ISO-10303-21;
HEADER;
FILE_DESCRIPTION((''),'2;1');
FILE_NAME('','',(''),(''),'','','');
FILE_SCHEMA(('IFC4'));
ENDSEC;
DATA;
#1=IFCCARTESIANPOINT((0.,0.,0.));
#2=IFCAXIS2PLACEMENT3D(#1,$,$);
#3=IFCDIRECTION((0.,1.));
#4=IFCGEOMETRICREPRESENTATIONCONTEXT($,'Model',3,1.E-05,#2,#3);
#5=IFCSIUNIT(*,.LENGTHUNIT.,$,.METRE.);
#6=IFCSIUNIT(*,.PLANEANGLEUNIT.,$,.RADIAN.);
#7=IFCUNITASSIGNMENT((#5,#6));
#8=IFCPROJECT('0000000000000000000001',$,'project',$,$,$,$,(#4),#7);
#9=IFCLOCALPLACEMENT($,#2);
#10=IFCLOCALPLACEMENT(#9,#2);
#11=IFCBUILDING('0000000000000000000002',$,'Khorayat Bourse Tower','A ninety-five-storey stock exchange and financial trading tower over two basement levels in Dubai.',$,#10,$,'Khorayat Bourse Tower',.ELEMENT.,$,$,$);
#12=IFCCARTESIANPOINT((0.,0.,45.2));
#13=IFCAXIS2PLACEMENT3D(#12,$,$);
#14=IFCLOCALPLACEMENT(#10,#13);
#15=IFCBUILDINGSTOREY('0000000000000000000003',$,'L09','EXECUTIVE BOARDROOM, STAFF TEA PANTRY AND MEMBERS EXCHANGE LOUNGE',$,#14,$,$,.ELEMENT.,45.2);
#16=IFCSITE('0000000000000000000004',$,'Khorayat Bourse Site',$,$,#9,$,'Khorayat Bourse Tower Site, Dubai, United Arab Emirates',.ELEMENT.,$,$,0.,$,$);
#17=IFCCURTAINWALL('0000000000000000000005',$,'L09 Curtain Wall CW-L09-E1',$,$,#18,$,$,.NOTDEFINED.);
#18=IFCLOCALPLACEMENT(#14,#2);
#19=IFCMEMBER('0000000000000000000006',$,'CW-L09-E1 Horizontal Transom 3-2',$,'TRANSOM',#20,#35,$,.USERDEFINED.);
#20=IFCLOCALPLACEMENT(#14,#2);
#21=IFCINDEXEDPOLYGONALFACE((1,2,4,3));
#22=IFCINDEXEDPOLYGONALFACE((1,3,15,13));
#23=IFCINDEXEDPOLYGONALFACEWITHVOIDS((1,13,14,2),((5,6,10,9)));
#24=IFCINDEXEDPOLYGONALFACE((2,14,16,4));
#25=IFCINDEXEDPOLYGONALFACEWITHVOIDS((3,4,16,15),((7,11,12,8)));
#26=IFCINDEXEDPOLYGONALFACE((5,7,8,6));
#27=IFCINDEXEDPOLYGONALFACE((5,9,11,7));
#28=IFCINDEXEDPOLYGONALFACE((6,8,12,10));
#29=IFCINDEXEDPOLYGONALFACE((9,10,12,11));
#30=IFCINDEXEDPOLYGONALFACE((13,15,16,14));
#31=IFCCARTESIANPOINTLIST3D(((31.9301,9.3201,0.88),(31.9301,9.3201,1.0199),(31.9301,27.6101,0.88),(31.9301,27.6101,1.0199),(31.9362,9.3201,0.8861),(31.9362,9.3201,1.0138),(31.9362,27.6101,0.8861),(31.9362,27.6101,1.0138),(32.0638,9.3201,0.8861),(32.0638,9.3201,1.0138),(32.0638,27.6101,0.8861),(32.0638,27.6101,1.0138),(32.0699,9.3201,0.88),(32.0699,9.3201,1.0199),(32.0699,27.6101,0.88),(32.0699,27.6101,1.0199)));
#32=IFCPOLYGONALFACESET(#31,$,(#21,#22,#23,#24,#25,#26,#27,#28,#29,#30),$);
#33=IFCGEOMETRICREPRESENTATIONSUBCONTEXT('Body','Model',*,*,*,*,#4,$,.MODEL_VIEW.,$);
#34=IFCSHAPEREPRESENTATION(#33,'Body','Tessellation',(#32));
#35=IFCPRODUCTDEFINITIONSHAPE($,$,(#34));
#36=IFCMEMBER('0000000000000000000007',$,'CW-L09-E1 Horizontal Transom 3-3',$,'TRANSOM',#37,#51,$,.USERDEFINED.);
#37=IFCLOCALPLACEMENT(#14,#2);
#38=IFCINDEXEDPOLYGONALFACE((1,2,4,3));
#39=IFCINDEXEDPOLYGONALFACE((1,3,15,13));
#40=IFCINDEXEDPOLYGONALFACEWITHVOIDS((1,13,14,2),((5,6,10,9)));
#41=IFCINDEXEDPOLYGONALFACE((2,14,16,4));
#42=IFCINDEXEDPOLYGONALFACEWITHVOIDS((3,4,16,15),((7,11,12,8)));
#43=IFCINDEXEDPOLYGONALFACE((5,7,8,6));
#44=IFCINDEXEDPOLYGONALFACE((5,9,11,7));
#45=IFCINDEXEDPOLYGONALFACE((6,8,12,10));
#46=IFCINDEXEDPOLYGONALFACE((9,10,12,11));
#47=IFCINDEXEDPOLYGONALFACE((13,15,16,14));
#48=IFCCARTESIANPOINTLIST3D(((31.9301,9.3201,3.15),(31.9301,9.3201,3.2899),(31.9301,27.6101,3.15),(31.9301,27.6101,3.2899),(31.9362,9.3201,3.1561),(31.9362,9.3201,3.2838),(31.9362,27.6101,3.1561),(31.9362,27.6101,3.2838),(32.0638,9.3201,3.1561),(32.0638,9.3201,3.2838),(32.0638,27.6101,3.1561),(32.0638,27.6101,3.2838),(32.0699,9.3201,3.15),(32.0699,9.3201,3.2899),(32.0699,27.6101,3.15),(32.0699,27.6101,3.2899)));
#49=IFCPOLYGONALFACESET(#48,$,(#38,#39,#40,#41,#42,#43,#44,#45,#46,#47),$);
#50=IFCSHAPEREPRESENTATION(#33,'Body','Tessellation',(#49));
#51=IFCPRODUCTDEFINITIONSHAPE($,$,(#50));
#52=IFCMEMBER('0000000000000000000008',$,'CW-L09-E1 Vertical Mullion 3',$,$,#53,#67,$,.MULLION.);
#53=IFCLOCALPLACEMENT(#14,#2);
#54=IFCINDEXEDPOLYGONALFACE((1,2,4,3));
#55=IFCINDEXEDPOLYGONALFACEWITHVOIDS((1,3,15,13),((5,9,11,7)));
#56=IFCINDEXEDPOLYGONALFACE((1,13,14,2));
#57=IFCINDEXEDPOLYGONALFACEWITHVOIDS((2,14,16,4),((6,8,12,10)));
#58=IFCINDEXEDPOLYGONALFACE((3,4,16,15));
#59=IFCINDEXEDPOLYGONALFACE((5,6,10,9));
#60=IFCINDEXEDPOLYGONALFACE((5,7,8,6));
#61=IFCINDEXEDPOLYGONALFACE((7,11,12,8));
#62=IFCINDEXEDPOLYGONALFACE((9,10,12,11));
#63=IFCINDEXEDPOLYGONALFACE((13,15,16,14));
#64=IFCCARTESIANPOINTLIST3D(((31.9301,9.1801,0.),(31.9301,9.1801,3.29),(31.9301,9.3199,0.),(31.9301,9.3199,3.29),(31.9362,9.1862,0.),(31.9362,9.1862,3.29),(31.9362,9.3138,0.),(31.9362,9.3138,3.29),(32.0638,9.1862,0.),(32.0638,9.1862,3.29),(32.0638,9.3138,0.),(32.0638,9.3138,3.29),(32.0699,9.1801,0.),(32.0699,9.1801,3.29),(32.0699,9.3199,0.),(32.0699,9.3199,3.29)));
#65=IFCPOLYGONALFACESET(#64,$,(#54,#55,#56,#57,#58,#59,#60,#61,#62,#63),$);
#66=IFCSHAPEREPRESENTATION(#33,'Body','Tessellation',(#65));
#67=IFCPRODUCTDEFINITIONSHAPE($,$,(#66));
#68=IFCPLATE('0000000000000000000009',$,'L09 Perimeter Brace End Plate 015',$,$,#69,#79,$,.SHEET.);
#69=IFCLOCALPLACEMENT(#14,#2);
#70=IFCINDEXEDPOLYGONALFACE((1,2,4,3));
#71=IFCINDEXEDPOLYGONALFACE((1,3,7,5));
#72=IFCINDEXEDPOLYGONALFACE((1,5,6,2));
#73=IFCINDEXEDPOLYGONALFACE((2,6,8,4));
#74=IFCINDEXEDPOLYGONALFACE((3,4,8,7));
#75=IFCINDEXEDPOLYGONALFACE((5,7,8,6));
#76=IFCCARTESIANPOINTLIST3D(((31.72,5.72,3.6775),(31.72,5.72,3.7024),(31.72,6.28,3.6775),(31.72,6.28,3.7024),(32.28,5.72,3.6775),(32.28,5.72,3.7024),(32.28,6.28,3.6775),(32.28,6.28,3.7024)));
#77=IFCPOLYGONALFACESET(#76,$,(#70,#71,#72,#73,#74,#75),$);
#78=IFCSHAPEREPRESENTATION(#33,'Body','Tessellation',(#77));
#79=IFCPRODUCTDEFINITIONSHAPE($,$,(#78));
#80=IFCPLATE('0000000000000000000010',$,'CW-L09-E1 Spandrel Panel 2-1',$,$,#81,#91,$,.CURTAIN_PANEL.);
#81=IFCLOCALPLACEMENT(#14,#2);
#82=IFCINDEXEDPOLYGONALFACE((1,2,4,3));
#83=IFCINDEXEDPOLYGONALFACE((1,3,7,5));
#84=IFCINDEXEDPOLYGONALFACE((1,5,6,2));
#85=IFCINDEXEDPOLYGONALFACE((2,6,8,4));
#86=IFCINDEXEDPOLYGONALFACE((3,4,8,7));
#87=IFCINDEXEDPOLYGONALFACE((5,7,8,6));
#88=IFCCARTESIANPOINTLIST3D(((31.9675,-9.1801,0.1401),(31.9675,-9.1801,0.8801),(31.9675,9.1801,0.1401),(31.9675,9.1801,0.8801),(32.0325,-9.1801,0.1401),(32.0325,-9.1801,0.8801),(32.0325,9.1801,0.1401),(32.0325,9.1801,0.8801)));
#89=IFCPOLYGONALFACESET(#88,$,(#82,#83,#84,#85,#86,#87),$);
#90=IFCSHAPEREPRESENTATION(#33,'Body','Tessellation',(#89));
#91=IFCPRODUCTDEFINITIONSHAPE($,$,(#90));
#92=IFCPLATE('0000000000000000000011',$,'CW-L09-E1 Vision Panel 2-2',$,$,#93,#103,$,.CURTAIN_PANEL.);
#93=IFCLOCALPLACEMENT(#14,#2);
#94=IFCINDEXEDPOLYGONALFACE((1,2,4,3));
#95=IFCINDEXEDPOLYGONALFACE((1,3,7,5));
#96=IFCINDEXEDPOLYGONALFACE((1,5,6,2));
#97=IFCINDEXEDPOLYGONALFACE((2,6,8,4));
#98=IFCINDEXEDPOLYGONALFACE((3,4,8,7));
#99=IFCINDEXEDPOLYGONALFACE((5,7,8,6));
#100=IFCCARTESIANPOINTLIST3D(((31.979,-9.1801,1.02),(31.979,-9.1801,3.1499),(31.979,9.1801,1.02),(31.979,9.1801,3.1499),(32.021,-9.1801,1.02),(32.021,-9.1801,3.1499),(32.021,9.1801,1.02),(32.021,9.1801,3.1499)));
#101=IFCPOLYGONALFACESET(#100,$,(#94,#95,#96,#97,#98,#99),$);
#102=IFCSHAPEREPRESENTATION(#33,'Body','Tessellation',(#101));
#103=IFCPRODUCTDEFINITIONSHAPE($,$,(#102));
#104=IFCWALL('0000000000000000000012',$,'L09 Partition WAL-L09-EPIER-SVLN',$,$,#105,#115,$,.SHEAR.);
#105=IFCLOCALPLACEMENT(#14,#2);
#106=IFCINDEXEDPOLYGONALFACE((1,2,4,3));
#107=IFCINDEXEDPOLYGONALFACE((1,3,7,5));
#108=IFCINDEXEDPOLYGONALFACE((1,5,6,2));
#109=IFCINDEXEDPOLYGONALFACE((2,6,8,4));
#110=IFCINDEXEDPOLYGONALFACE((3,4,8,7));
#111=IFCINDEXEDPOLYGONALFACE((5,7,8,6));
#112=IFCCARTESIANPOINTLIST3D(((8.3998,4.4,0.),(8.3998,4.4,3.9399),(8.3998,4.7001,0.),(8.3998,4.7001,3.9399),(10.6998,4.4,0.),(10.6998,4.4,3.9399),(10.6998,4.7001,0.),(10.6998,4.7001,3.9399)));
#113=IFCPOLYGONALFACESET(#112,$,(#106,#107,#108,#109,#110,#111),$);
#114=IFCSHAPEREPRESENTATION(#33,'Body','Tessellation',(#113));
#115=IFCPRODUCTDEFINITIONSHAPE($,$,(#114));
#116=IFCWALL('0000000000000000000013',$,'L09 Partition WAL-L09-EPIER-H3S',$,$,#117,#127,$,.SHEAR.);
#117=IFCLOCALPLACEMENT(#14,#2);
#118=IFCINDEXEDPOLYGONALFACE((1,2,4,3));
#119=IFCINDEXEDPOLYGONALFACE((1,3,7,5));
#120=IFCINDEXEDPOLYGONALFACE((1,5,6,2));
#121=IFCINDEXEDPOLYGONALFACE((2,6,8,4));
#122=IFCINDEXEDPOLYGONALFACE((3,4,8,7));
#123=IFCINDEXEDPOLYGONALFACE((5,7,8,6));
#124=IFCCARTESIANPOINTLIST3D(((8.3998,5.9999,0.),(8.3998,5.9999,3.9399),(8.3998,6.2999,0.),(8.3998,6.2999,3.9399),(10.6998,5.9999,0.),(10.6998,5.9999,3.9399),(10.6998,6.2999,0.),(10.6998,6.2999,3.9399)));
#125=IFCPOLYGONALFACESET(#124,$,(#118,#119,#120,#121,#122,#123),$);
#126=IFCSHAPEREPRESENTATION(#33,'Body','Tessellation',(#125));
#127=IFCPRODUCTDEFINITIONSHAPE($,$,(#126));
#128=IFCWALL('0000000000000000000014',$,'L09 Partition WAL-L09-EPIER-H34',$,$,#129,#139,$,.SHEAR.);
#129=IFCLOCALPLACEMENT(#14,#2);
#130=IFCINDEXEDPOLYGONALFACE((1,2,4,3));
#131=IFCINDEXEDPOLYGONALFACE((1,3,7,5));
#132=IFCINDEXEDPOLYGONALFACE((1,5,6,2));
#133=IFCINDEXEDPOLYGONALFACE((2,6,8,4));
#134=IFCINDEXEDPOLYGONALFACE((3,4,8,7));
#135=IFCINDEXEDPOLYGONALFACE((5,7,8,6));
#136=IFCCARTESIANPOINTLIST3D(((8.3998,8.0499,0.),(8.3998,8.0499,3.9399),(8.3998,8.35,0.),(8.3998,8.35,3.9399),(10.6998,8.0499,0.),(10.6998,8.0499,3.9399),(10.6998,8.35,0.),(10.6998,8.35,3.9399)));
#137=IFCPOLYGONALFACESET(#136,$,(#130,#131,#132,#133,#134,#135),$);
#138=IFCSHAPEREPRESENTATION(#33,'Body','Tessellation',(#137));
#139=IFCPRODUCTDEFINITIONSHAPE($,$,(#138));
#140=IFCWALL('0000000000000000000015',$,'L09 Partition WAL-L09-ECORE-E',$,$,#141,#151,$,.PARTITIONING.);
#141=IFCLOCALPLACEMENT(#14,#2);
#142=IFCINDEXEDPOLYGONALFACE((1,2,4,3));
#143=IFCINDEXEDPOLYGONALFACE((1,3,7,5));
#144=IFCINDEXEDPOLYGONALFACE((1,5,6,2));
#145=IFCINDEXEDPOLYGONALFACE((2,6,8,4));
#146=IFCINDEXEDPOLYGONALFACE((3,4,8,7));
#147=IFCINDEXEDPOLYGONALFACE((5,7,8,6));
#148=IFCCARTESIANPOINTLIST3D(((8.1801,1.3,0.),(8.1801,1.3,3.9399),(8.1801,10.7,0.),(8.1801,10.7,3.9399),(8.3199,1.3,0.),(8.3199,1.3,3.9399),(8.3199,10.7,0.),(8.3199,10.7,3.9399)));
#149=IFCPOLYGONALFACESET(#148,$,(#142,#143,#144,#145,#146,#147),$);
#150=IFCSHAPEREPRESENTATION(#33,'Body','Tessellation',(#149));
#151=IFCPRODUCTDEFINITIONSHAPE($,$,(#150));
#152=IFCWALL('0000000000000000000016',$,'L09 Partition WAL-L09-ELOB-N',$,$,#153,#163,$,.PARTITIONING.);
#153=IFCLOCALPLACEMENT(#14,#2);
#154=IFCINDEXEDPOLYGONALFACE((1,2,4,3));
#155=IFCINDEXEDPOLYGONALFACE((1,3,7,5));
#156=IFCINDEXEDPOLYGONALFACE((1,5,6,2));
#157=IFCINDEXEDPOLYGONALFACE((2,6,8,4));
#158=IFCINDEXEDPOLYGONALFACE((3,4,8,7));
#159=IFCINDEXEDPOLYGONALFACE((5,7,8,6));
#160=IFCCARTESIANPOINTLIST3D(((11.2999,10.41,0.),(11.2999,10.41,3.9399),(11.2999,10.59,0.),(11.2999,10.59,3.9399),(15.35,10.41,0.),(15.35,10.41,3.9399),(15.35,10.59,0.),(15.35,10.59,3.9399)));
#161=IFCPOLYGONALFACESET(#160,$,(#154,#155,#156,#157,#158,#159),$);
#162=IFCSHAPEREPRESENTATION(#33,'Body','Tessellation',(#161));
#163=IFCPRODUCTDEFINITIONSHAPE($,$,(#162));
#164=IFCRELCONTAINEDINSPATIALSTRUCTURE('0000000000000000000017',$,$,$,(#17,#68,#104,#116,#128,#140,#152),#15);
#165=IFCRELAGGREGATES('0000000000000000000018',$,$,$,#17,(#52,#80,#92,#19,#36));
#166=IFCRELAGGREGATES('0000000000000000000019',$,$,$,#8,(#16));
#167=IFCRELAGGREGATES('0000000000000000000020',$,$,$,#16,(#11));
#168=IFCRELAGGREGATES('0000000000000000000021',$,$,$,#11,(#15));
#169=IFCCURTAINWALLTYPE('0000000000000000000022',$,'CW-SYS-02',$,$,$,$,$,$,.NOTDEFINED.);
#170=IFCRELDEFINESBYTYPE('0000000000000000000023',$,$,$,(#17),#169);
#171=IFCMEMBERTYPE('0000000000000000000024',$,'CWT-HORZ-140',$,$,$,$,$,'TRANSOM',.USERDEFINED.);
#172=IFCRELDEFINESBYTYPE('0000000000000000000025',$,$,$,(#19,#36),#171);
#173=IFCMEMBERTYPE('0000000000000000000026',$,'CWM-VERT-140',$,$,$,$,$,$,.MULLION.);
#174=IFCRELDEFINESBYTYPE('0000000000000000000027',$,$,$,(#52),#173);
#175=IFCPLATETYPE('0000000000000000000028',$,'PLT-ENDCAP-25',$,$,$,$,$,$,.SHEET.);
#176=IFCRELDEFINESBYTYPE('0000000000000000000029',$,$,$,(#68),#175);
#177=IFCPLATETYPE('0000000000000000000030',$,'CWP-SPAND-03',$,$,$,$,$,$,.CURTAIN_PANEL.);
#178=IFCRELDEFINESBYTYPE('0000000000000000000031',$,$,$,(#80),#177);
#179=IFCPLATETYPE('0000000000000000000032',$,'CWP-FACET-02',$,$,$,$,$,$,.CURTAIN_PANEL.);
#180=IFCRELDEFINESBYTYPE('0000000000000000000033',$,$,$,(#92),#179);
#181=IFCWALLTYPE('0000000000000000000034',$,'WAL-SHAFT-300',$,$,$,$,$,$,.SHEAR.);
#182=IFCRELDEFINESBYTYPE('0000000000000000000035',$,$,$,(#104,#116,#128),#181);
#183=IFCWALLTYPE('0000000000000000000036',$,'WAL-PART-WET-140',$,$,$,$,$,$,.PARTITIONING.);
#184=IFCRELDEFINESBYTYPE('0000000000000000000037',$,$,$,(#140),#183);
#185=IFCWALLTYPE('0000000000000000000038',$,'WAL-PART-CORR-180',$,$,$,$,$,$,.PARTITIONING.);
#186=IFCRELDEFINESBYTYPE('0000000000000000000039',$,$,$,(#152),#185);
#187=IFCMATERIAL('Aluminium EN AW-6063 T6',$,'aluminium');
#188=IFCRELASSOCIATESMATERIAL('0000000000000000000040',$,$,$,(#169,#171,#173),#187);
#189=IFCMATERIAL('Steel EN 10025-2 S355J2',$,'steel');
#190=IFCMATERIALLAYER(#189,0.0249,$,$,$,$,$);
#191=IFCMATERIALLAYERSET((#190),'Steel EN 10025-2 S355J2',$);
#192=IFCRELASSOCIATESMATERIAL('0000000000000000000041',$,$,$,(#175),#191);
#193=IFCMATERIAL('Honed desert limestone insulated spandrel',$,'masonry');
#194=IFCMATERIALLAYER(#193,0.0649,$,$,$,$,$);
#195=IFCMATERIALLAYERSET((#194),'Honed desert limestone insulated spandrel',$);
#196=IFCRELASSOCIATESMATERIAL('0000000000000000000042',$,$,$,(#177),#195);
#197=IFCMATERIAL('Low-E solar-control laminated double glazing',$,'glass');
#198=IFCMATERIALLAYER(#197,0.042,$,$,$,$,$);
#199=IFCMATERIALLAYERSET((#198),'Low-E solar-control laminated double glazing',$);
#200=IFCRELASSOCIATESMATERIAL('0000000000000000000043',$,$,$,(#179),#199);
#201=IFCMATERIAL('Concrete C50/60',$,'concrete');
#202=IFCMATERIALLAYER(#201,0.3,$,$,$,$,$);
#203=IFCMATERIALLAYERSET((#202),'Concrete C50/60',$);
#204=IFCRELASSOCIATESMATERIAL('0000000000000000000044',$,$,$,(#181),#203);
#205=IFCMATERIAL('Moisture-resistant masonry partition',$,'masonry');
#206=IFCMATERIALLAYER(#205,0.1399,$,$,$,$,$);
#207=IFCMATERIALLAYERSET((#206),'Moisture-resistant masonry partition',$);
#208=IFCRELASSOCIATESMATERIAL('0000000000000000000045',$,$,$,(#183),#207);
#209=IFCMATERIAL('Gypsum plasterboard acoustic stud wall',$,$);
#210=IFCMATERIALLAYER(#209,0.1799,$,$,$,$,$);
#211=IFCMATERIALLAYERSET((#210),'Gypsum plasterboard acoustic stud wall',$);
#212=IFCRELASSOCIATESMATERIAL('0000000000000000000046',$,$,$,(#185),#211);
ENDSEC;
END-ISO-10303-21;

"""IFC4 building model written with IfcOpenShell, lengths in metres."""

from ifc_helpers import new_model, si_unit, direction, frame, frame_2d, origin, origin_2d, place, context, subcontext, project, spatial, rectangle, hollow_rectangle, extrude, source, transform, mapped, material, layer, layer_set, material_profile, profile_set, type_object, element, aggregate, save


model = new_model("IFC4")

# Units and contexts
model_context = context("Model", 3, precision=1e-05, world=origin(), true_north=direction((0.0, 1.0)))
body_context = subcontext(model_context, "Body", "Model", "MODEL_VIEW")
ifc_project = project(units=[si_unit("LENGTHUNIT", "METRE"), si_unit("PLANEANGLEUNIT", "RADIAN")], contexts=[model_context])

# Site, building, storey
site_placement = place(None, origin())
site = spatial("IfcSite", under=ifc_project, at=site_placement, Name="Khorayat Bourse Site", LongName="Khorayat Bourse Tower Site, Dubai, United Arab Emirates", CompositionType="ELEMENT", RefElevation=0.0)
building_placement = place(site_placement, origin())
building = spatial("IfcBuilding", under=site, at=building_placement, Name="Khorayat Bourse Tower", Description="A ninety-five-storey stock exchange and financial trading tower over two basement levels in Dubai.", LongName="Khorayat Bourse Tower", CompositionType="ELEMENT")
storey_placement = place(building_placement, frame((0.0, 0.0, 45.2)))
storey = spatial("IfcBuildingStorey", under=building, at=storey_placement, Name="L09", Description="EXECUTIVE BOARDROOM, STAFF TEA PANTRY AND MEMBERS EXCHANGE LOUNGE", CompositionType="ELEMENT", Elevation=45.2)

# Curtain wall, members
ifc_material_1 = material(Name="Aluminium EN AW-6063 T6", Category="aluminium")
curtain_wall_type = type_object("IfcCurtainWallType", Name="CW-SYS-02", PredefinedType="NOTDEFINED", material=ifc_material_1)
curtain_wall_placement = place(storey_placement, origin())
curtain_wall = element("IfcCurtainWall", 1, at=curtain_wall_placement, inside=storey, type_object=curtain_wall_type, Name="L09 Curtain Wall CW-L09-E1", PredefinedType="NOTDEFINED")
ifc_material_profile_1 = material_profile(ifc_material_1, hollow_rectangle(XDim=0.1399, YDim=0.1399, WallThickness=0.0061, at=origin_2d()), Name="ALU 140x140x6")
ifc_profile_set_1 = profile_set([ifc_material_profile_1], Name="Aluminium EN AW-6063 T6")
member_type_1 = type_object("IfcMemberType", Name="CWT-HORZ-140", ElementType="TRANSOM", PredefinedType="USERDEFINED", material=ifc_profile_set_1)
shared_shape_1 = source(origin(), body_context, "Body", "SweptSolid", [
    extrude(hollow_rectangle(XDim=0.1399, YDim=0.1399, WallThickness=0.0061, at=origin_2d()), origin(), (0.0, 0.0, 1.0), 18.29),
])
member_1_placement = place(storey_placement, frame((32.0, 9.3201, 0.95), z_axis=(0.0, 1.0, 0.0), x_axis=(-1.0, 0.0, 0.0)))
member_1 = element("IfcMember", 2, at=member_1_placement, type_object=member_type_1, Name="CW-L09-E1 Horizontal Transom 3-2", ObjectType="TRANSOM", PredefinedType="USERDEFINED", context=body_context, shape_type="MappedRepresentation", body=[
    mapped(shared_shape_1, transform((0.0, 0.0, 0.0), scale=1.0)),
])
member_2_placement = place(storey_placement, frame((32.0, 9.3201, 3.22), z_axis=(0.0, 1.0, 0.0), x_axis=(-1.0, 0.0, 0.0)))
member_2 = element("IfcMember", 3, at=member_2_placement, type_object=member_type_1, Name="CW-L09-E1 Horizontal Transom 3-3", ObjectType="TRANSOM", PredefinedType="USERDEFINED", context=body_context, shape_type="MappedRepresentation", body=[
    mapped(shared_shape_1, transform((0.0, 0.0, 0.0), scale=1.0)),
])
ifc_material_profile_2 = material_profile(ifc_material_1, hollow_rectangle(XDim=0.1399, YDim=0.1399, WallThickness=0.0061, at=origin_2d()), Name="ALU 140x140x6")
ifc_profile_set_2 = profile_set([ifc_material_profile_2], Name="Aluminium EN AW-6063 T6")
member_type_2 = type_object("IfcMemberType", Name="CWM-VERT-140", PredefinedType="MULLION", material=ifc_profile_set_2)
shared_shape_2 = source(origin(), body_context, "Body", "SweptSolid", [
    extrude(hollow_rectangle(XDim=0.1399, YDim=0.1399, WallThickness=0.0061, at=origin_2d()), origin(), (0.0, 0.0, 1.0), 3.29),
])
member_3_placement = place(storey_placement, frame((32.0, 9.25, 0.0), z_axis=(0.0, 0.0, 1.0), x_axis=(-1.0, 0.0, 0.0)))
member_3 = element("IfcMember", 4, at=member_3_placement, type_object=member_type_2, Name="CW-L09-E1 Vertical Mullion 3", PredefinedType="MULLION", context=body_context, shape_type="MappedRepresentation", body=[
    mapped(shared_shape_2, transform((0.0, 0.0, 0.0), scale=1.0)),
])

# Plates
ifc_material_2 = material(Name="Steel EN 10025-2 S355J2", Category="steel")
ifc_layer_1 = layer(ifc_material_2, 0.0249)
ifc_layer_set_1 = layer_set([ifc_layer_1], Name="Steel EN 10025-2 S355J2")
plate_type_1 = type_object("IfcPlateType", Name="PLT-ENDCAP-25", PredefinedType="SHEET", material=ifc_layer_set_1)
shared_shape_3 = source(origin(), body_context, "Body", "SweptSolid", [
    extrude(rectangle(XDim=0.5601, YDim=0.5601, at=origin_2d()), origin(), (0.0, 0.0, 1.0), 0.0249),
])
plate_1_placement = place(storey_placement, frame((32.0, 6.0, 3.6775), z_axis=(0.0, 0.0, 1.0), x_axis=(1.0, 0.0, 0.0)))
element("IfcPlate", 5, at=plate_1_placement, inside=storey, type_object=plate_type_1, Name="L09 Perimeter Brace End Plate 015", PredefinedType="SHEET", context=body_context, shape_type="MappedRepresentation", body=[
    mapped(shared_shape_3, transform((0.0, 0.0, 0.0), scale=1.0)),
])
ifc_material_3 = material(Name="Honed desert limestone insulated spandrel", Category="masonry")
ifc_layer_2 = layer(ifc_material_3, 0.0649)
ifc_layer_set_2 = layer_set([ifc_layer_2], Name="Honed desert limestone insulated spandrel")
plate_type_2 = type_object("IfcPlateType", Name="CWP-SPAND-03", PredefinedType="CURTAIN_PANEL", material=ifc_layer_set_2)
shared_shape_4 = source(origin(), body_context, "Body", "SweptSolid", [
    extrude(rectangle(XDim=18.3601, YDim=0.0649, at=origin_2d()), origin(), (0.0, 0.0, 1.0), 0.74),
])
plate_2_placement = place(storey_placement, frame((32.0, 0.0, 0.1401), z_axis=(0.0, 0.0, 1.0), x_axis=(0.0, 1.0, 0.0)))
plate_2 = element("IfcPlate", 6, at=plate_2_placement, type_object=plate_type_2, Name="CW-L09-E1 Spandrel Panel 2-1", PredefinedType="CURTAIN_PANEL", context=body_context, shape_type="MappedRepresentation", body=[
    mapped(shared_shape_4, transform((0.0, 0.0, 0.0), scale=1.0)),
])
ifc_material_4 = material(Name="Low-E solar-control laminated double glazing", Category="glass")
ifc_layer_3 = layer(ifc_material_4, 0.042)
ifc_layer_set_3 = layer_set([ifc_layer_3], Name="Low-E solar-control laminated double glazing")
plate_type_3 = type_object("IfcPlateType", Name="CWP-FACET-02", PredefinedType="CURTAIN_PANEL", material=ifc_layer_set_3)
shared_shape_5 = source(origin(), body_context, "Body", "SweptSolid", [
    extrude(rectangle(XDim=18.3601, YDim=0.042, at=origin_2d()), origin(), (0.0, 0.0, 1.0), 2.1299),
])
plate_3_placement = place(storey_placement, frame((32.0, 0.0, 1.02), z_axis=(0.0, 0.0, 1.0), x_axis=(0.0, 1.0, 0.0)))
plate_3 = element("IfcPlate", 7, at=plate_3_placement, type_object=plate_type_3, Name="CW-L09-E1 Vision Panel 2-2", PredefinedType="CURTAIN_PANEL", context=body_context, shape_type="MappedRepresentation", body=[
    mapped(shared_shape_5, transform((0.0, 0.0, 0.0), scale=1.0)),
])
aggregate(curtain_wall, [member_3, plate_2, plate_3, member_1, member_2])

# Walls
ifc_material_5 = material(Name="Concrete C50/60", Category="concrete")
ifc_layer_4 = layer(ifc_material_5, 0.3)
ifc_layer_set_4 = layer_set([ifc_layer_4], Name="Concrete C50/60")
wall_type_1 = type_object("IfcWallType", Name="WAL-SHAFT-300", PredefinedType="SHEAR", material=ifc_layer_set_4)
shared_shape_6 = source(origin(), body_context, "Body", "SweptSolid", [
    extrude(rectangle(XDim=2.3, YDim=0.3, at=frame_2d((1.1499, 0.0))), origin(), (0.0, 0.0, 1.0), 3.9399),
])
for number, where, z_axis, x_axis, name in (
    (8, (8.3999, 4.55, 0.0), (0.0, 0.0, 1.0), (1.0, 0.0, 0.0), "L09 Partition WAL-L09-EPIER-SVLN"),
    (9, (8.3999, 6.1499, 0.0), (0.0, 0.0, 1.0), (1.0, 0.0, 0.0), "L09 Partition WAL-L09-EPIER-H3S"),
    (10, (8.3999, 8.2, 0.0), (0.0, 0.0, 1.0), (1.0, 0.0, 0.0), "L09 Partition WAL-L09-EPIER-H34"),
):
    element("IfcWall", number, at=place(storey_placement, frame(where, z_axis=z_axis, x_axis=x_axis)), inside=storey, type_object=wall_type_1, Name=name, PredefinedType="SHEAR", context=body_context, shape_type="MappedRepresentation", body=[
        mapped(shared_shape_6, transform((0.0, 0.0, 0.0), scale=1.0)),
    ])
ifc_material_6 = material(Name="Moisture-resistant masonry partition", Category="masonry")
ifc_layer_5 = layer(ifc_material_6, 0.1399)
ifc_layer_set_5 = layer_set([ifc_layer_5], Name="Moisture-resistant masonry partition")
wall_type_2 = type_object("IfcWallType", Name="WAL-PART-WET-140", PredefinedType="PARTITIONING", material=ifc_layer_set_5)
shared_shape_7 = source(origin(), body_context, "Body", "SweptSolid", [
    extrude(rectangle(XDim=9.3999, YDim=0.1399, at=frame_2d((4.7, 0.0))), origin(), (0.0, 0.0, 1.0), 3.9399),
])
wall_1_placement = place(storey_placement, frame((8.25, 1.3, 0.0), z_axis=(0.0, 0.0, 1.0), x_axis=(0.0, 1.0, 0.0)))
element("IfcWall", 11, at=wall_1_placement, inside=storey, type_object=wall_type_2, Name="L09 Partition WAL-L09-ECORE-E", PredefinedType="PARTITIONING", context=body_context, shape_type="MappedRepresentation", body=[
    mapped(shared_shape_7, transform((0.0, 0.0, 0.0), scale=1.0)),
])
ifc_material_7 = material(Name="Gypsum plasterboard acoustic stud wall")
ifc_layer_6 = layer(ifc_material_7, 0.1799)
ifc_layer_set_6 = layer_set([ifc_layer_6], Name="Gypsum plasterboard acoustic stud wall")
wall_type_3 = type_object("IfcWallType", Name="WAL-PART-CORR-180", PredefinedType="PARTITIONING", material=ifc_layer_set_6)
shared_shape_8 = source(origin(), body_context, "Body", "SweptSolid", [
    extrude(rectangle(XDim=4.05, YDim=0.1799, at=frame_2d((2.0249, 0.0))), origin(), (0.0, 0.0, 1.0), 3.9399),
])
wall_2_placement = place(storey_placement, frame((11.3, 10.5, 0.0), z_axis=(0.0, 0.0, 1.0), x_axis=(1.0, 0.0, 0.0)))
element("IfcWall", 12, at=wall_2_placement, inside=storey, type_object=wall_type_3, Name="L09 Partition WAL-L09-ELOB-N", PredefinedType="PARTITIONING", context=body_context, shape_type="MappedRepresentation", body=[
    mapped(shared_shape_8, transform((0.0, 0.0, 0.0), scale=1.0)),
])

save(model, "model.ifc")
